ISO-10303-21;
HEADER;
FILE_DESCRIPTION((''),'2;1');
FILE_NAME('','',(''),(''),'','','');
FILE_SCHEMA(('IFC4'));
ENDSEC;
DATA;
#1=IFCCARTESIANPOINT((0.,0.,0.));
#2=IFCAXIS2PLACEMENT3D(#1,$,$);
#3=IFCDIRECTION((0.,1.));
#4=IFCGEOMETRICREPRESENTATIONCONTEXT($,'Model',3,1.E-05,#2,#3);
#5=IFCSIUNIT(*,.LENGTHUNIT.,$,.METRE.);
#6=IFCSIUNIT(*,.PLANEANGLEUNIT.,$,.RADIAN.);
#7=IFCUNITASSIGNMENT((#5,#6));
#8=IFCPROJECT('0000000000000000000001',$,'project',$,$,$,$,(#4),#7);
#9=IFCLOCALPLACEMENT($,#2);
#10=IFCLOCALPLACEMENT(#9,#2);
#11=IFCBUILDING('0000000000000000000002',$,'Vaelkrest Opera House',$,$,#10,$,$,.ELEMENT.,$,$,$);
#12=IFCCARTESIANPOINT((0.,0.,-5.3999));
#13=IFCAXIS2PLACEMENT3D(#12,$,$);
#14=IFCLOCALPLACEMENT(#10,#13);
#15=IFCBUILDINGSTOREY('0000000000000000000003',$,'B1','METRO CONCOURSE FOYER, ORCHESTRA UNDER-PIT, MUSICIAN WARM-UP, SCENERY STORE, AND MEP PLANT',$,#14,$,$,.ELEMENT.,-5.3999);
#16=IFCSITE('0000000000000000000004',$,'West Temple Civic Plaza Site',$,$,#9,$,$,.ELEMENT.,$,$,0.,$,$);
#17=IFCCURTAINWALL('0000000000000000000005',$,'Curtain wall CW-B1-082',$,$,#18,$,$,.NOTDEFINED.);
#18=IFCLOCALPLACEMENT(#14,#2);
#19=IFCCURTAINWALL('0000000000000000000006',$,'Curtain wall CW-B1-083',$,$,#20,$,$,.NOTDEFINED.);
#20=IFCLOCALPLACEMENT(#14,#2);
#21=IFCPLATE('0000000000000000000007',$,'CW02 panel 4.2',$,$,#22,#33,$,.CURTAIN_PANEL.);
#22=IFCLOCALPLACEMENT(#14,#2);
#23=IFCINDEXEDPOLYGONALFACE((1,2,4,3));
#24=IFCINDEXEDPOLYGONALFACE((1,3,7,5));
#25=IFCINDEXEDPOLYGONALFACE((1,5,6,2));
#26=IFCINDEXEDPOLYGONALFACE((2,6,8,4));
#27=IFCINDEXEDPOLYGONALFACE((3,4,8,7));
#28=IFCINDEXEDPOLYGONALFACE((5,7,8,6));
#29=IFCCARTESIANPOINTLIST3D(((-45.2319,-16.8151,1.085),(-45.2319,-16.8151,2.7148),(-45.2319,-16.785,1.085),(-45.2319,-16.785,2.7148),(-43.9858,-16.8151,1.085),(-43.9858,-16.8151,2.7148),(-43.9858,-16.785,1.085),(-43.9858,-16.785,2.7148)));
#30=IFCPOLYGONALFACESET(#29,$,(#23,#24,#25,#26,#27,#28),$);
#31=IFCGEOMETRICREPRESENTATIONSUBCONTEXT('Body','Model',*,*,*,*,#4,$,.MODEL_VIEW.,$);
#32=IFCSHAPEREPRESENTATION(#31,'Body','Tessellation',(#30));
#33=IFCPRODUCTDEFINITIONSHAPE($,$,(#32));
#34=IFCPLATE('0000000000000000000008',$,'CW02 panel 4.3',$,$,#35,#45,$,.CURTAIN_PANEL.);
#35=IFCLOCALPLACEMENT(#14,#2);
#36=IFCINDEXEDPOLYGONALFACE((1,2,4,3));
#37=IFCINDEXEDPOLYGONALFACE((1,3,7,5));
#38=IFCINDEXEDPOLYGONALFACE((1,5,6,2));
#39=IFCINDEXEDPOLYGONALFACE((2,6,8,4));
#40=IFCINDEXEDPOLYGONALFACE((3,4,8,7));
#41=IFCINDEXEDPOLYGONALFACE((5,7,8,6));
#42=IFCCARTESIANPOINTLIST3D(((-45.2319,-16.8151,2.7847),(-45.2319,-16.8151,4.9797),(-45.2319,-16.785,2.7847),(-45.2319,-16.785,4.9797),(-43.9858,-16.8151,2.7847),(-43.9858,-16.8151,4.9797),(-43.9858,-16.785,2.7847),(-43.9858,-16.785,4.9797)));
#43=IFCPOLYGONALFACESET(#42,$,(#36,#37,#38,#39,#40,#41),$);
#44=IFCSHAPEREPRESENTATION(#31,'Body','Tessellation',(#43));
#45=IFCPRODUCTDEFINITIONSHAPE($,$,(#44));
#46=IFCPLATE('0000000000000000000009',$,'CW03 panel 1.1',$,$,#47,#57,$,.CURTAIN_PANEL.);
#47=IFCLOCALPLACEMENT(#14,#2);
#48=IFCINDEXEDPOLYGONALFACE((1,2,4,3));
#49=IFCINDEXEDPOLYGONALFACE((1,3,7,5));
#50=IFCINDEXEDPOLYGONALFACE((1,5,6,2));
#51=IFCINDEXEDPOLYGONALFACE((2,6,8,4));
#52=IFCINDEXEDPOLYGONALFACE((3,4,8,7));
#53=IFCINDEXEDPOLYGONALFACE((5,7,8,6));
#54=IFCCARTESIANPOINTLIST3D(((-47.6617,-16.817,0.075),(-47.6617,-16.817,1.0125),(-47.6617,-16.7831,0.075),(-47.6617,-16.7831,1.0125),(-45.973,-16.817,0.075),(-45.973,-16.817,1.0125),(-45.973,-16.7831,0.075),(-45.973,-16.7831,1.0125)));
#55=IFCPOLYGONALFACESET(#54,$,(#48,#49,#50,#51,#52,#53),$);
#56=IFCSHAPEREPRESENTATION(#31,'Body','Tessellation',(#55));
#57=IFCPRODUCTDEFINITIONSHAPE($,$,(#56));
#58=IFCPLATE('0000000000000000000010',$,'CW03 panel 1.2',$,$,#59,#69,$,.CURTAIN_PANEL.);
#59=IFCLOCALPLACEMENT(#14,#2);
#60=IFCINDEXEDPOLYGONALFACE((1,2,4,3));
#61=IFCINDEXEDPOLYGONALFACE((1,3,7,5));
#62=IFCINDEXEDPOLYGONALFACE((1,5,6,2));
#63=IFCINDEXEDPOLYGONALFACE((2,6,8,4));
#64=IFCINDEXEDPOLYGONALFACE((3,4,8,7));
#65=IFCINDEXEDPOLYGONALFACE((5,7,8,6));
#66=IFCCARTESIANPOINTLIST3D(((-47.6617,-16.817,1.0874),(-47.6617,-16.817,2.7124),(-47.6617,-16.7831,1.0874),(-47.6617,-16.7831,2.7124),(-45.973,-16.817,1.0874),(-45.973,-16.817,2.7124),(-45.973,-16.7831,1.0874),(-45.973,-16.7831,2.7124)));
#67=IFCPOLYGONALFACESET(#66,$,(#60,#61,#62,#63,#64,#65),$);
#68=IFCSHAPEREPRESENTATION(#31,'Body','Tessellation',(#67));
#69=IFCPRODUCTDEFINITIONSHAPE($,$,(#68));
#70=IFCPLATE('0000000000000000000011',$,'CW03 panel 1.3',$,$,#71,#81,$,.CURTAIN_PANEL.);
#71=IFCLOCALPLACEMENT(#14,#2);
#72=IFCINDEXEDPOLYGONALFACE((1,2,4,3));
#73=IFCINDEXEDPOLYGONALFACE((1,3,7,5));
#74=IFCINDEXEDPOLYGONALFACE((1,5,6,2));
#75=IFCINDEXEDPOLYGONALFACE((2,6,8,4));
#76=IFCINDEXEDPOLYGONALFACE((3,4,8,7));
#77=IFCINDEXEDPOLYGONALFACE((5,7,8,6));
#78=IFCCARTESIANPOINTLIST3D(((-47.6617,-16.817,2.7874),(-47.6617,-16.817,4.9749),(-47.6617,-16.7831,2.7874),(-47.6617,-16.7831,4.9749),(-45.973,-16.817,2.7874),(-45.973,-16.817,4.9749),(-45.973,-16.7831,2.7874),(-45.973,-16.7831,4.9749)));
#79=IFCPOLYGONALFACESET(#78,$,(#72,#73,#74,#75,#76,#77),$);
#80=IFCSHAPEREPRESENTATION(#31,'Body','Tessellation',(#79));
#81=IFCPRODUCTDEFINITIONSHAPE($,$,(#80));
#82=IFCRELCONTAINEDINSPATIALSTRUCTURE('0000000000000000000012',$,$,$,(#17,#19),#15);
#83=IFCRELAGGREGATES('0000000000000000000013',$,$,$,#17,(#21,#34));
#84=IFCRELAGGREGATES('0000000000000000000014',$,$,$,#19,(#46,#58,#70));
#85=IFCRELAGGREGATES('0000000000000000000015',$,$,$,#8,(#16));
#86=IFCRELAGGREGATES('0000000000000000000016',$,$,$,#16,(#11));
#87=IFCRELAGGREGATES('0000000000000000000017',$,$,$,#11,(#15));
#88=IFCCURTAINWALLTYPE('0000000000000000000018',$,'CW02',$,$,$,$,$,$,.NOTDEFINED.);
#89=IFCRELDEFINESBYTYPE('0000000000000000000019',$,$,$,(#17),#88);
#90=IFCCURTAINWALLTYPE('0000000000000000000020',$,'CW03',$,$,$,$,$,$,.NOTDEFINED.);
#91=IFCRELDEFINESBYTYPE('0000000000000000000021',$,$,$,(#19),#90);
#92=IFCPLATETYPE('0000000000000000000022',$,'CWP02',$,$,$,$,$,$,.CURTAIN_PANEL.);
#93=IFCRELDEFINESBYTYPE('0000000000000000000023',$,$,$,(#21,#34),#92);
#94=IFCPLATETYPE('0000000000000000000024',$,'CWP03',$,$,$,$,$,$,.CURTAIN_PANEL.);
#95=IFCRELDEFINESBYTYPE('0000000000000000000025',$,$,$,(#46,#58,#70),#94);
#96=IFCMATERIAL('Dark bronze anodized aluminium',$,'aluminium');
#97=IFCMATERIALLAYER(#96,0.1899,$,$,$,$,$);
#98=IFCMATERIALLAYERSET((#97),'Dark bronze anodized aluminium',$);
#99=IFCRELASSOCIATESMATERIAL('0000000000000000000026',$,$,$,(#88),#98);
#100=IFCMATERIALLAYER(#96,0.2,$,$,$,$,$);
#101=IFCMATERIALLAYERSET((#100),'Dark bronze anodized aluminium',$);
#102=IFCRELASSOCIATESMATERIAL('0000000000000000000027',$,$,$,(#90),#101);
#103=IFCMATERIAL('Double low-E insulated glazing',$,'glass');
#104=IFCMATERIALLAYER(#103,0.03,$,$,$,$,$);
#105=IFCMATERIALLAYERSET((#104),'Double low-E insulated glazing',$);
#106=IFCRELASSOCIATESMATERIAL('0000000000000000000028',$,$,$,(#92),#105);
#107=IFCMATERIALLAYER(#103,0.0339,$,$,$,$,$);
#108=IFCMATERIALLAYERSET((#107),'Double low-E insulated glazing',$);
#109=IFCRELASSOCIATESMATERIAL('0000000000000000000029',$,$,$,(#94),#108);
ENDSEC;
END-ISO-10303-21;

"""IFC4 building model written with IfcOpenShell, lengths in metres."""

from ifc_helpers import new_model, si_unit, direction, frame, origin, origin_2d, place, context, subcontext, project, spatial, rectangle, extrude, material, layer, layer_set, type_object, element, aggregate, save


model = new_model("IFC4")

# Units and contexts
model_context = context("Model", 3, precision=1e-05, world=origin(), true_north=direction((0.0, 1.0)))
body_context = subcontext(model_context, "Body", "Model", "MODEL_VIEW")
ifc_project = project(units=[si_unit("LENGTHUNIT", "METRE"), si_unit("PLANEANGLEUNIT", "RADIAN")], contexts=[model_context])

# Site, building, storey
site_placement = place(None, origin())
site = spatial("IfcSite", under=ifc_project, at=site_placement, Name="West Temple Civic Plaza Site", CompositionType="ELEMENT", RefElevation=0.0)
building_placement = place(site_placement, origin())
building = spatial("IfcBuilding", under=site, at=building_placement, Name="Vaelkrest Opera House", CompositionType="ELEMENT")
storey_placement = place(building_placement, frame((0.0, 0.0, -5.3999)))
storey = spatial("IfcBuildingStorey", under=building, at=storey_placement, Name="B1", Description="METRO CONCOURSE FOYER, ORCHESTRA UNDER-PIT, MUSICIAN WARM-UP, SCENERY STORE, AND MEP PLANT", CompositionType="ELEMENT", Elevation=-5.3999)

# Curtain wall
ifc_material_1 = material(Name="Dark bronze anodized aluminium", Category="aluminium")
ifc_layer_1 = layer(ifc_material_1, 0.1899)
ifc_layer_set_1 = layer_set([ifc_layer_1], Name="Dark bronze anodized aluminium")
curtain_wall_type_1 = type_object("IfcCurtainWallType", Name="CW02", PredefinedType="NOTDEFINED", material=ifc_layer_set_1)
curtain_wall_1_placement = place(storey_placement, origin())
curtain_wall_1 = element("IfcCurtainWall", 1, at=curtain_wall_1_placement, inside=storey, type_object=curtain_wall_type_1, Name="Curtain wall CW-B1-082", PredefinedType="NOTDEFINED")

# Curtain wall
ifc_layer_2 = layer(ifc_material_1, 0.2)
ifc_layer_set_2 = layer_set([ifc_layer_2], Name="Dark bronze anodized aluminium")
curtain_wall_type_2 = type_object("IfcCurtainWallType", Name="CW03", PredefinedType="NOTDEFINED", material=ifc_layer_set_2)
curtain_wall_2_placement = place(storey_placement, origin())
curtain_wall_2 = element("IfcCurtainWall", 2, at=curtain_wall_2_placement, inside=storey, type_object=curtain_wall_type_2, Name="Curtain wall CW-B1-083", PredefinedType="NOTDEFINED")

# Plates
ifc_material_2 = material(Name="Double low-E insulated glazing", Category="glass")
ifc_layer_3 = layer(ifc_material_2, 0.03)
ifc_layer_set_3 = layer_set([ifc_layer_3], Name="Double low-E insulated glazing")
plate_type_1 = type_object("IfcPlateType", Name="CWP02", PredefinedType="CURTAIN_PANEL", material=ifc_layer_set_3)
plate_1_placement = place(storey_placement, frame((-44.6089, -16.8, 1.085), z_axis=(0.0, 0.0, 1.0), x_axis=(-1.0, 0.0, 0.0)))
plate_1 = element("IfcPlate", 3, at=plate_1_placement, type_object=plate_type_1, Name="CW02 panel 4.2", PredefinedType="CURTAIN_PANEL", context=body_context, shape_type="SweptSolid", body=[
    extrude(rectangle(XDim=1.2461, YDim=0.03, at=origin_2d()), origin(), (0.0, 0.0, 1.0), 1.6299),
])
plate_2_placement = place(storey_placement, frame((-44.6089, -16.8, 2.7847), z_axis=(0.0, 0.0, 1.0), x_axis=(-1.0, 0.0, 0.0)))
plate_2 = element("IfcPlate", 4, at=plate_2_placement, type_object=plate_type_1, Name="CW02 panel 4.3", PredefinedType="CURTAIN_PANEL", context=body_context, shape_type="SweptSolid", body=[
    extrude(rectangle(XDim=1.2461, YDim=0.03, at=origin_2d()), origin(), (0.0, 0.0, 1.0), 2.1951),
])
aggregate(curtain_wall_1, [plate_1, plate_2])
ifc_layer_4 = layer(ifc_material_2, 0.0339)
ifc_layer_set_4 = layer_set([ifc_layer_4], Name="Double low-E insulated glazing")
plate_type_2 = type_object("IfcPlateType", Name="CWP03", PredefinedType="CURTAIN_PANEL", material=ifc_layer_set_4)
plate_3_placement = place(storey_placement, frame((-46.8174, -16.8, 0.075), z_axis=(0.0, 0.0, 1.0), x_axis=(-1.0, 0.0, 0.0)))
plate_3 = element("IfcPlate", 5, at=plate_3_placement, type_object=plate_type_2, Name="CW03 panel 1.1", PredefinedType="CURTAIN_PANEL", context=body_context, shape_type="SweptSolid", body=[
    extrude(rectangle(XDim=1.6887, YDim=0.0339, at=origin_2d()), origin(), (0.0, 0.0, 1.0), 0.9375),
])
plate_4_placement = place(storey_placement, frame((-46.8174, -16.8, 1.0874), z_axis=(0.0, 0.0, 1.0), x_axis=(-1.0, 0.0, 0.0)))
plate_4 = element("IfcPlate", 6, at=plate_4_placement, type_object=plate_type_2, Name="CW03 panel 1.2", PredefinedType="CURTAIN_PANEL", context=body_context, shape_type="SweptSolid", body=[
    extrude(rectangle(XDim=1.6887, YDim=0.0339, at=origin_2d()), origin(), (0.0, 0.0, 1.0), 1.625),
])
plate_5_placement = place(storey_placement, frame((-46.8174, -16.8, 2.7874), z_axis=(0.0, 0.0, 1.0), x_axis=(-1.0, 0.0, 0.0)))
plate_5 = element("IfcPlate", 7, at=plate_5_placement, type_object=plate_type_2, Name="CW03 panel 1.3", PredefinedType="CURTAIN_PANEL", context=body_context, shape_type="SweptSolid", body=[
    extrude(rectangle(XDim=1.6887, YDim=0.0339, at=origin_2d()), origin(), (0.0, 0.0, 1.0), 2.1875),
])
aggregate(curtain_wall_2, [plate_3, plate_4, plate_5])

save(model, "model.ifc")
